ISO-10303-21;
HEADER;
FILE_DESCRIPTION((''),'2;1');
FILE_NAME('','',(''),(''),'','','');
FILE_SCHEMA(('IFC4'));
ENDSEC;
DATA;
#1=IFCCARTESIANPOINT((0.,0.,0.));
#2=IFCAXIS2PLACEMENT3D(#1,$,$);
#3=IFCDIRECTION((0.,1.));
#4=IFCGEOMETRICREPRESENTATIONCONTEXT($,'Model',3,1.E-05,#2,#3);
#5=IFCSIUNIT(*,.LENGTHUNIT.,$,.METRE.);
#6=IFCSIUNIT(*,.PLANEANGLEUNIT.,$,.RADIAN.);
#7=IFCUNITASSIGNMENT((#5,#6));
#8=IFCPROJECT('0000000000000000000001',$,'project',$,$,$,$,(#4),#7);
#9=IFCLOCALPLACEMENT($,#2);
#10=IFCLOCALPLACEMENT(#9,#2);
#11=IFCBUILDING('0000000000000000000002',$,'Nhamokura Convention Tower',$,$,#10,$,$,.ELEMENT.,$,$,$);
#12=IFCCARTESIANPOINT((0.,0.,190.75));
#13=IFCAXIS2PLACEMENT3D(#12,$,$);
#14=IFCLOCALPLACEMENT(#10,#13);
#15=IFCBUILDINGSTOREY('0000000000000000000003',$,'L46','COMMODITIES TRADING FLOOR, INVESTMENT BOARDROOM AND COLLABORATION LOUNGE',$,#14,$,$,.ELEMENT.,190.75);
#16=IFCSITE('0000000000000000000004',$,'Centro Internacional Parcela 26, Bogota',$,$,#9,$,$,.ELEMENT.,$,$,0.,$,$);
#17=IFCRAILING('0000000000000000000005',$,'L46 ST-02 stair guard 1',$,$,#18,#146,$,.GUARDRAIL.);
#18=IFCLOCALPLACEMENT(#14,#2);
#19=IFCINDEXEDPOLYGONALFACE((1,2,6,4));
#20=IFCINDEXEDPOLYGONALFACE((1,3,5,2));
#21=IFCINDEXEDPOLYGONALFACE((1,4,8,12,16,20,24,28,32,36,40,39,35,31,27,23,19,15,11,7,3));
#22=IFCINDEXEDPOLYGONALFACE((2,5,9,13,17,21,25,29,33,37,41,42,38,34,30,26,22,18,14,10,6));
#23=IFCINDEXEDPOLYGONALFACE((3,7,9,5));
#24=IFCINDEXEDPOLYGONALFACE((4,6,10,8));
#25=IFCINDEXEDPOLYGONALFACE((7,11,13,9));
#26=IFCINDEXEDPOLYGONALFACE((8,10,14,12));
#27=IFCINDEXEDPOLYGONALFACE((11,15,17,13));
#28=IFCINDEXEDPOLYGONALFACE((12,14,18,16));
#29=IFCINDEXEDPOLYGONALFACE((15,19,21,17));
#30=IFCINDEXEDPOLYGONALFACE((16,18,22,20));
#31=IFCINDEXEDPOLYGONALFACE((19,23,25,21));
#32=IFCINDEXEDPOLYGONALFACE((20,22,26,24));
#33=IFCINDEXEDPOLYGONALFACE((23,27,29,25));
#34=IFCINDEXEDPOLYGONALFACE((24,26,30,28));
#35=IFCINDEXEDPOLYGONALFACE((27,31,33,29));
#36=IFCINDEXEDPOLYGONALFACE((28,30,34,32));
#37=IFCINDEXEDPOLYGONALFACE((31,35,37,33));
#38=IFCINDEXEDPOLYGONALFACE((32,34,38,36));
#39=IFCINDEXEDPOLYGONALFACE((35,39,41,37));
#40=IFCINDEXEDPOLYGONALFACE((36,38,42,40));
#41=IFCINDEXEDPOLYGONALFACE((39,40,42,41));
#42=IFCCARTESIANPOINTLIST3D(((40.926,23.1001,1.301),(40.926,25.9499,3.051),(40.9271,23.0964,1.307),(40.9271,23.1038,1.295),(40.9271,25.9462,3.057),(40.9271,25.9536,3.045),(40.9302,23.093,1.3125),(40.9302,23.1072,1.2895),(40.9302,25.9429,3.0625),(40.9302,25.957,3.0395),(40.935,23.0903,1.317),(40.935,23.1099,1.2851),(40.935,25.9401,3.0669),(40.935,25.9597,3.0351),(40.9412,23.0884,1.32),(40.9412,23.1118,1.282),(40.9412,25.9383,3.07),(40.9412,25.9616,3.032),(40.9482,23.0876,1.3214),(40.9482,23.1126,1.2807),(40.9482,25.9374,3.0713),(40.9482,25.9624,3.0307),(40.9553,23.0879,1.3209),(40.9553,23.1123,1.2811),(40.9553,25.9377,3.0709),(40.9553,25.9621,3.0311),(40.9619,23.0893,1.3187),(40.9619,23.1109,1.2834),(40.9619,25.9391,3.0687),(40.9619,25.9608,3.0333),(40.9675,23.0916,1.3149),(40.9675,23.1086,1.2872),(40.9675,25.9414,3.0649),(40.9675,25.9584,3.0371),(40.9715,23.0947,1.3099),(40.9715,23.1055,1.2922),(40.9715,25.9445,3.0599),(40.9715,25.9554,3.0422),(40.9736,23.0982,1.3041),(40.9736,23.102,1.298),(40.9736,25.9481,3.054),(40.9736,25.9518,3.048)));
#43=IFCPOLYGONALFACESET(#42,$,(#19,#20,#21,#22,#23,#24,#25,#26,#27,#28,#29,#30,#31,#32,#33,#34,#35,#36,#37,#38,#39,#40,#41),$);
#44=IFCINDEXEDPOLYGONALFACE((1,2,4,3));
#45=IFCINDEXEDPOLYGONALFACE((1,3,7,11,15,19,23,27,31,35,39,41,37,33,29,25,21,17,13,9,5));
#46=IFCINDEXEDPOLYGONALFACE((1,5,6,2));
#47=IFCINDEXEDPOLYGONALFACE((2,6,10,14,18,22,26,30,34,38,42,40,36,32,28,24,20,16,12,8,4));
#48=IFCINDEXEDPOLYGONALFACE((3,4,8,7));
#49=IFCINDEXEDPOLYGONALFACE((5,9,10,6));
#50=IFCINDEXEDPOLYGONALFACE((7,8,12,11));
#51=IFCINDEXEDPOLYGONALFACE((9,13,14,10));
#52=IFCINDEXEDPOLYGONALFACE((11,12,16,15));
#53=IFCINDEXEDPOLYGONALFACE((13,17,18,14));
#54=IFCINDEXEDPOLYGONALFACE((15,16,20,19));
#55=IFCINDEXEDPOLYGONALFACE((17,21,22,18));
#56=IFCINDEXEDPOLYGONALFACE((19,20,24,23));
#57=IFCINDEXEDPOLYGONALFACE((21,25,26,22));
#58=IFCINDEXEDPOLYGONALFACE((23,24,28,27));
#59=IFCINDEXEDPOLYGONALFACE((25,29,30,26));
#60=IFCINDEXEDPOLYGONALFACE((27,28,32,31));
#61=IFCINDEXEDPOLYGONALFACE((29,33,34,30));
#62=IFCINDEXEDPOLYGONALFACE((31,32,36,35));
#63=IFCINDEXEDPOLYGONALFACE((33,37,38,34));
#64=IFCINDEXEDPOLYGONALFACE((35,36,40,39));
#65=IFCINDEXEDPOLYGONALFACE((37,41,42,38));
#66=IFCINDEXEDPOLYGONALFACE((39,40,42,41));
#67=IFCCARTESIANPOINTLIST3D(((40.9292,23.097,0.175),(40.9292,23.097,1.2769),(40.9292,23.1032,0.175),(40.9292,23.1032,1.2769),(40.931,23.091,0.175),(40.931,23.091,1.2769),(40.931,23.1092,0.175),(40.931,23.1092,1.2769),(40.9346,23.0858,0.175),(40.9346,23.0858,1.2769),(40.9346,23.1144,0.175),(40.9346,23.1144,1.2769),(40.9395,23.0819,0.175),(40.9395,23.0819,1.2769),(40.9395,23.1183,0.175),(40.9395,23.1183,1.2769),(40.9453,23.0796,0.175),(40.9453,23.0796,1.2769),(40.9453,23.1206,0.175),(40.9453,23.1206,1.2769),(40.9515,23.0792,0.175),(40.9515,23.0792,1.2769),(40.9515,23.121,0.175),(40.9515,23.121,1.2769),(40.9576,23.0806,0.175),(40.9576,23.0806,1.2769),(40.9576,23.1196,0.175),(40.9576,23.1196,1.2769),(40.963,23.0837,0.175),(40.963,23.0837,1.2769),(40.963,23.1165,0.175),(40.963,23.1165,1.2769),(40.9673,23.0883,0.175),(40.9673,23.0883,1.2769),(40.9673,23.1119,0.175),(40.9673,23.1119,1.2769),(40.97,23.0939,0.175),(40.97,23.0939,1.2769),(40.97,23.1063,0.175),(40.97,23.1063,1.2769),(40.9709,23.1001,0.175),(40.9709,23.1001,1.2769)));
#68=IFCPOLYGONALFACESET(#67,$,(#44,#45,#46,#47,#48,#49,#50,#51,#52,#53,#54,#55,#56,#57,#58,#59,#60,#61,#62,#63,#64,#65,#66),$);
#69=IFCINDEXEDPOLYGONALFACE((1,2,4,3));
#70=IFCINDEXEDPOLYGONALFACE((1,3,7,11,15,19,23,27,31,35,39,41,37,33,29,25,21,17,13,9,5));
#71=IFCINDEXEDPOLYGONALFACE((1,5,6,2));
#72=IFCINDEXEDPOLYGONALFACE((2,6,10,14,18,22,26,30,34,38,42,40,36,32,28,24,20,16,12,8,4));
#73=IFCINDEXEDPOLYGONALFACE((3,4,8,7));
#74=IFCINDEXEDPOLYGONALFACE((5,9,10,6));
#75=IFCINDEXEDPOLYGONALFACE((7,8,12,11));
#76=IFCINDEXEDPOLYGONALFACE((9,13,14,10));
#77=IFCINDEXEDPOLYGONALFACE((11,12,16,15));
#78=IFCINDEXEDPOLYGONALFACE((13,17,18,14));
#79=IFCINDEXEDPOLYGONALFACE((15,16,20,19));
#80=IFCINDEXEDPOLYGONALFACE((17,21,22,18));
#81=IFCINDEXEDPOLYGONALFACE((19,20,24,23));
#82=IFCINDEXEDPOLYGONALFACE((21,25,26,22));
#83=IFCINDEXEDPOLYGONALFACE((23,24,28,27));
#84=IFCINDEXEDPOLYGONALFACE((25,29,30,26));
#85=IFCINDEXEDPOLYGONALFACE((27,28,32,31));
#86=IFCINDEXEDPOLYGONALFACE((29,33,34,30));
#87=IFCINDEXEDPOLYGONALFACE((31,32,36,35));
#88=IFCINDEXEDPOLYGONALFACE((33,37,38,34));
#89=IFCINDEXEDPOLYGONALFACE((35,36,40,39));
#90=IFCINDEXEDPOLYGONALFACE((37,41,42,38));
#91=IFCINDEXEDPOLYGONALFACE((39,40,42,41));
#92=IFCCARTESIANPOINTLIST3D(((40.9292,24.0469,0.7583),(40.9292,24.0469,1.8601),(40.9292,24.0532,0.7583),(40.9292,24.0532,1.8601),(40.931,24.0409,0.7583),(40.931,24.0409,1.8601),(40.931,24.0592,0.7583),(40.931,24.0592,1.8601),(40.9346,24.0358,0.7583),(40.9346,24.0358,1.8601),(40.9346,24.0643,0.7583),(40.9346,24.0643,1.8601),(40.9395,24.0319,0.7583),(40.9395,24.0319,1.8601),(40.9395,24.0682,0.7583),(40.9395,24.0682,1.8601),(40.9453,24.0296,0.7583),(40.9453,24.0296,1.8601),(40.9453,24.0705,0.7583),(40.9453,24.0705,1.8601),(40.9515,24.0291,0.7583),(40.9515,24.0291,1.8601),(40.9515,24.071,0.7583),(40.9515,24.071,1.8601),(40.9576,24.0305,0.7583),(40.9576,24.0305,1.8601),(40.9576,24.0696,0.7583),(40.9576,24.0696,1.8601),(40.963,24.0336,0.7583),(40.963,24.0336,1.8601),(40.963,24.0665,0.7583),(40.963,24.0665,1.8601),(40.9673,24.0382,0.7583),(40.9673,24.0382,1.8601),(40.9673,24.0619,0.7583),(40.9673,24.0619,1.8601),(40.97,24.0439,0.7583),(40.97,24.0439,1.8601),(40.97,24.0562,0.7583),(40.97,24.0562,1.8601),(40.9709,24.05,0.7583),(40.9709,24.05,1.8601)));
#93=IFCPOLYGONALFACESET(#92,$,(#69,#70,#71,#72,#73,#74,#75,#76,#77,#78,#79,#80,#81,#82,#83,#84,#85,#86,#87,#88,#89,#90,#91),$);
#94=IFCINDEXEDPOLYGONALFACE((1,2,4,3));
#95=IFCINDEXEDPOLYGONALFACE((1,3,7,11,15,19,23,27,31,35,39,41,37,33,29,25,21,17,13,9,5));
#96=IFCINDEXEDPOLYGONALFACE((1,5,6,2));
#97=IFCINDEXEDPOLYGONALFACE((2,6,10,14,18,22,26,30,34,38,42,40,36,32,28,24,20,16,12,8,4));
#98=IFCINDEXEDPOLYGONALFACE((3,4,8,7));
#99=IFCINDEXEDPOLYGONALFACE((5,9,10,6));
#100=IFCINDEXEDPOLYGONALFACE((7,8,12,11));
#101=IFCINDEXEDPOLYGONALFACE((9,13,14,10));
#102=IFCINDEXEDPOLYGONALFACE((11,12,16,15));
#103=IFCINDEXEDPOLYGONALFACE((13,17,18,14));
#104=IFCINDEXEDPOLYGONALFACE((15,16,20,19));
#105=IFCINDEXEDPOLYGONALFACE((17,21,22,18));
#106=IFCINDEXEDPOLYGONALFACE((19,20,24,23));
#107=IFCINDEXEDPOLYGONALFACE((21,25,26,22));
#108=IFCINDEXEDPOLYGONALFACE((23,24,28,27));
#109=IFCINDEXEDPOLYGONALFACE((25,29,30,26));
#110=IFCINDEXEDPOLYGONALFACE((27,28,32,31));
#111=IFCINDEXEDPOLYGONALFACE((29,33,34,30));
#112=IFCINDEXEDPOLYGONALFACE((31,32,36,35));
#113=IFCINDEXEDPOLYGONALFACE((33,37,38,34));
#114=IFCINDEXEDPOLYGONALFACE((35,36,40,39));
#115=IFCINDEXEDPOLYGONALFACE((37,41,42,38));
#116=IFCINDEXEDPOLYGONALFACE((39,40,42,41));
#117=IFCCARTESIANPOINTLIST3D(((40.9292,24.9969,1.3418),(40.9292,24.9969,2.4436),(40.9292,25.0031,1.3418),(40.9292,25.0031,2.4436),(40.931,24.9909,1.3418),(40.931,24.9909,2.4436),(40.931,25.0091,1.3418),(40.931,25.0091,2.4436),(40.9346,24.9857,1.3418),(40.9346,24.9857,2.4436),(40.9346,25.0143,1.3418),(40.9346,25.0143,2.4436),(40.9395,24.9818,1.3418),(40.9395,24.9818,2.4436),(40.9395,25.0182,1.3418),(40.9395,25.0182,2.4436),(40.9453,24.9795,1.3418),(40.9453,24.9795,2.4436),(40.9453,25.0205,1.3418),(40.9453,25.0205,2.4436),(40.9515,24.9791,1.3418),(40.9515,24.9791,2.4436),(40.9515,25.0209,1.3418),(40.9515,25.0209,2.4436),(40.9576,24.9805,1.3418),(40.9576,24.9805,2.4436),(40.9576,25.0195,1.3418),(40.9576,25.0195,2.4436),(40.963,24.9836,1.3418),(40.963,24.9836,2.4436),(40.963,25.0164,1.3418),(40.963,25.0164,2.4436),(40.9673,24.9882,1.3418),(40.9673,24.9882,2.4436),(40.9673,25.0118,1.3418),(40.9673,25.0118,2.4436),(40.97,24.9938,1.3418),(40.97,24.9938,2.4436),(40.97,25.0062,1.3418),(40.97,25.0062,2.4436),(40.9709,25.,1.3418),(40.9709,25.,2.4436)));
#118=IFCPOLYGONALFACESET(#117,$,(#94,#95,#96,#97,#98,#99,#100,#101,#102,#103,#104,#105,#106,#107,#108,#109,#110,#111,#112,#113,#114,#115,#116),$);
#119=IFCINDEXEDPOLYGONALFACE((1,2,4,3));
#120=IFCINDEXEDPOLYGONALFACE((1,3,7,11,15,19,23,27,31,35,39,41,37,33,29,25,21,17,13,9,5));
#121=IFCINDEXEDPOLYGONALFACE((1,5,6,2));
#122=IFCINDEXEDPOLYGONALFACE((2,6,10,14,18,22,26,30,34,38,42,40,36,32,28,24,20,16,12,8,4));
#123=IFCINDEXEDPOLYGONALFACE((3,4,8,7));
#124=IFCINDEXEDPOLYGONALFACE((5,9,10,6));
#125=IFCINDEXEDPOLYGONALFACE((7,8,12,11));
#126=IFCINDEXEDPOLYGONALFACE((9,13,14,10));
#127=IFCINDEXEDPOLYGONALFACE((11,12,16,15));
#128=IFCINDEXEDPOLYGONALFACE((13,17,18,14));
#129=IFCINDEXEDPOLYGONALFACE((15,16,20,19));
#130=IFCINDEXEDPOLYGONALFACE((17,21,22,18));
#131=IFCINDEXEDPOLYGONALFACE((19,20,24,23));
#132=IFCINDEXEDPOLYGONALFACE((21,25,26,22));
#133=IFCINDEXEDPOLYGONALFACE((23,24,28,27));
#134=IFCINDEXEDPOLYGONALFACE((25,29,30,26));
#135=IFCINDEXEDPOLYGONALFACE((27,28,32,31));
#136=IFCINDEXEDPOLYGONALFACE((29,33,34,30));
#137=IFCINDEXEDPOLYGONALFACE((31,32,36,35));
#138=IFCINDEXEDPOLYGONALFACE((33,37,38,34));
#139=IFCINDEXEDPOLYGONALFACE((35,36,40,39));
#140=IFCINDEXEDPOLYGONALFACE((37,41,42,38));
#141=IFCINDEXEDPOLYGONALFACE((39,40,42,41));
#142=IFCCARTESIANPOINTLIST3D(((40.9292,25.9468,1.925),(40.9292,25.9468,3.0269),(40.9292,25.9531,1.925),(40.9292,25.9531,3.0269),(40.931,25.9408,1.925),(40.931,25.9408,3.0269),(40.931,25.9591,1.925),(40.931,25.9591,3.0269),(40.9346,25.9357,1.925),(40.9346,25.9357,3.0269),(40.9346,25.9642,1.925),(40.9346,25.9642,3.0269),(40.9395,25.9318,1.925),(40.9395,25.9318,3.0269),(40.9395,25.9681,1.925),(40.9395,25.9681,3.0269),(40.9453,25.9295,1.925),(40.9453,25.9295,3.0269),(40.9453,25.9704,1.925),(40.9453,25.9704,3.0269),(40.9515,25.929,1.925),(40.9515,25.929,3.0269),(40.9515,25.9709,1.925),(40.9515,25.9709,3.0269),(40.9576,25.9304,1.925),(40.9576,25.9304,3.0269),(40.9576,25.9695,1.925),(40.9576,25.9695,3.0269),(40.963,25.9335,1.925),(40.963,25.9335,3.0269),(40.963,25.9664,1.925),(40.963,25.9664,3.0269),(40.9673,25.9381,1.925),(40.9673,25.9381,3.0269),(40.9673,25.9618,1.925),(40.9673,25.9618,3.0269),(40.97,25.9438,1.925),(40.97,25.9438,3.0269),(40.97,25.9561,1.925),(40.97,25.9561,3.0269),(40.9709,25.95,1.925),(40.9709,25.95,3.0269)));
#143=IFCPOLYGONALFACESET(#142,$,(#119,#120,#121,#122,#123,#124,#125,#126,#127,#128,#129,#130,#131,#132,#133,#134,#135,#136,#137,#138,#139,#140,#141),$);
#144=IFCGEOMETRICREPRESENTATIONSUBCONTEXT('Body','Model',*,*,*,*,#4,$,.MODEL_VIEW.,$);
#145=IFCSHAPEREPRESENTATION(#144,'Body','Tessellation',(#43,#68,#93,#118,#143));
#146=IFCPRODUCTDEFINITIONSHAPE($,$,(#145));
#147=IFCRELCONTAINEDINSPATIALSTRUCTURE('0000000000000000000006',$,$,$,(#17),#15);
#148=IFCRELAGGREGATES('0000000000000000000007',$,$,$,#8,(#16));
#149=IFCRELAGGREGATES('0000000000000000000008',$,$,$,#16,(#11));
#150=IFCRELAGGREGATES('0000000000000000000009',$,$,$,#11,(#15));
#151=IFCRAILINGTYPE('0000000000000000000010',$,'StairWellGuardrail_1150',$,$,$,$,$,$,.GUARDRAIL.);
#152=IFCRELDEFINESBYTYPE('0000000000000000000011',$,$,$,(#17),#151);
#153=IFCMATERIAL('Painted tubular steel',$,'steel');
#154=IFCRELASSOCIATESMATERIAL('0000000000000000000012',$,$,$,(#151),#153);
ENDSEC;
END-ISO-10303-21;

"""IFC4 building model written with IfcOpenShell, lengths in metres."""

from ifc_helpers import new_model, si_unit, direction, frame, origin, origin_2d, place, context, subcontext, project, spatial, circle, extrude, material, type_object, element, save


model = new_model("IFC4")

# Units and contexts
model_context = context("Model", 3, precision=1e-05, world=origin(), true_north=direction((0.0, 1.0)))
body_context = subcontext(model_context, "Body", "Model", "MODEL_VIEW")
ifc_project = project(units=[si_unit("LENGTHUNIT", "METRE"), si_unit("PLANEANGLEUNIT", "RADIAN")], contexts=[model_context])

# Site, building, storey
site_placement = place(None, origin())
site = spatial("IfcSite", under=ifc_project, at=site_placement, Name="Centro Internacional Parcela 26, Bogota", CompositionType="ELEMENT", RefElevation=0.0)
building_placement = place(site_placement, origin())
building = spatial("IfcBuilding", under=site, at=building_placement, Name="Nhamokura Convention Tower", CompositionType="ELEMENT")
storey_placement = place(building_placement, frame((0.0, 0.0, 190.75)))
storey = spatial("IfcBuildingStorey", under=building, at=storey_placement, Name="L46", Description="COMMODITIES TRADING FLOOR, INVESTMENT BOARDROOM AND COLLABORATION LOUNGE", CompositionType="ELEMENT", Elevation=190.75)

# Railing
ifc_material_1 = material(Name="Painted tubular steel", Category="steel")
railing_type_1 = type_object("IfcRailingType", Name="StairWellGuardrail_1150", PredefinedType="GUARDRAIL", material=ifc_material_1)
railing_1_placement = place(storey_placement, frame((40.95, 23.1001, 0.175)))
element("IfcRailing", 1, at=railing_1_placement, inside=storey, type_object=railing_type_1, Name="L46 ST-02 stair guard 1", PredefinedType="GUARDRAIL", context=body_context, shape_type="SweptSolid", body=[
    extrude(circle(Radius=0.0239, at=origin_2d()), frame((0.0, 0.0, 1.126), z_axis=(0.0, 0.852159, 0.523283), x_axis=(-1.0, 0.0, 0.0)), (0.0, 0.0, 1.0), 3.3442),
    extrude(circle(Radius=0.021, at=origin_2d()), origin(), (0.0, 0.0, 1.0), 1.1018),
    extrude(circle(Radius=0.021, at=origin_2d()), frame((0.0, 0.95, 0.5833)), (0.0, 0.0, 1.0), 1.1018),
    extrude(circle(Radius=0.021, at=origin_2d()), frame((0.0, 1.8999, 1.1667)), (0.0, 0.0, 1.0), 1.1018),
    extrude(circle(Radius=0.021, at=origin_2d()), frame((0.0, 2.8499, 1.75)), (0.0, 0.0, 1.0), 1.1018),
])

save(model, "model.ifc")
